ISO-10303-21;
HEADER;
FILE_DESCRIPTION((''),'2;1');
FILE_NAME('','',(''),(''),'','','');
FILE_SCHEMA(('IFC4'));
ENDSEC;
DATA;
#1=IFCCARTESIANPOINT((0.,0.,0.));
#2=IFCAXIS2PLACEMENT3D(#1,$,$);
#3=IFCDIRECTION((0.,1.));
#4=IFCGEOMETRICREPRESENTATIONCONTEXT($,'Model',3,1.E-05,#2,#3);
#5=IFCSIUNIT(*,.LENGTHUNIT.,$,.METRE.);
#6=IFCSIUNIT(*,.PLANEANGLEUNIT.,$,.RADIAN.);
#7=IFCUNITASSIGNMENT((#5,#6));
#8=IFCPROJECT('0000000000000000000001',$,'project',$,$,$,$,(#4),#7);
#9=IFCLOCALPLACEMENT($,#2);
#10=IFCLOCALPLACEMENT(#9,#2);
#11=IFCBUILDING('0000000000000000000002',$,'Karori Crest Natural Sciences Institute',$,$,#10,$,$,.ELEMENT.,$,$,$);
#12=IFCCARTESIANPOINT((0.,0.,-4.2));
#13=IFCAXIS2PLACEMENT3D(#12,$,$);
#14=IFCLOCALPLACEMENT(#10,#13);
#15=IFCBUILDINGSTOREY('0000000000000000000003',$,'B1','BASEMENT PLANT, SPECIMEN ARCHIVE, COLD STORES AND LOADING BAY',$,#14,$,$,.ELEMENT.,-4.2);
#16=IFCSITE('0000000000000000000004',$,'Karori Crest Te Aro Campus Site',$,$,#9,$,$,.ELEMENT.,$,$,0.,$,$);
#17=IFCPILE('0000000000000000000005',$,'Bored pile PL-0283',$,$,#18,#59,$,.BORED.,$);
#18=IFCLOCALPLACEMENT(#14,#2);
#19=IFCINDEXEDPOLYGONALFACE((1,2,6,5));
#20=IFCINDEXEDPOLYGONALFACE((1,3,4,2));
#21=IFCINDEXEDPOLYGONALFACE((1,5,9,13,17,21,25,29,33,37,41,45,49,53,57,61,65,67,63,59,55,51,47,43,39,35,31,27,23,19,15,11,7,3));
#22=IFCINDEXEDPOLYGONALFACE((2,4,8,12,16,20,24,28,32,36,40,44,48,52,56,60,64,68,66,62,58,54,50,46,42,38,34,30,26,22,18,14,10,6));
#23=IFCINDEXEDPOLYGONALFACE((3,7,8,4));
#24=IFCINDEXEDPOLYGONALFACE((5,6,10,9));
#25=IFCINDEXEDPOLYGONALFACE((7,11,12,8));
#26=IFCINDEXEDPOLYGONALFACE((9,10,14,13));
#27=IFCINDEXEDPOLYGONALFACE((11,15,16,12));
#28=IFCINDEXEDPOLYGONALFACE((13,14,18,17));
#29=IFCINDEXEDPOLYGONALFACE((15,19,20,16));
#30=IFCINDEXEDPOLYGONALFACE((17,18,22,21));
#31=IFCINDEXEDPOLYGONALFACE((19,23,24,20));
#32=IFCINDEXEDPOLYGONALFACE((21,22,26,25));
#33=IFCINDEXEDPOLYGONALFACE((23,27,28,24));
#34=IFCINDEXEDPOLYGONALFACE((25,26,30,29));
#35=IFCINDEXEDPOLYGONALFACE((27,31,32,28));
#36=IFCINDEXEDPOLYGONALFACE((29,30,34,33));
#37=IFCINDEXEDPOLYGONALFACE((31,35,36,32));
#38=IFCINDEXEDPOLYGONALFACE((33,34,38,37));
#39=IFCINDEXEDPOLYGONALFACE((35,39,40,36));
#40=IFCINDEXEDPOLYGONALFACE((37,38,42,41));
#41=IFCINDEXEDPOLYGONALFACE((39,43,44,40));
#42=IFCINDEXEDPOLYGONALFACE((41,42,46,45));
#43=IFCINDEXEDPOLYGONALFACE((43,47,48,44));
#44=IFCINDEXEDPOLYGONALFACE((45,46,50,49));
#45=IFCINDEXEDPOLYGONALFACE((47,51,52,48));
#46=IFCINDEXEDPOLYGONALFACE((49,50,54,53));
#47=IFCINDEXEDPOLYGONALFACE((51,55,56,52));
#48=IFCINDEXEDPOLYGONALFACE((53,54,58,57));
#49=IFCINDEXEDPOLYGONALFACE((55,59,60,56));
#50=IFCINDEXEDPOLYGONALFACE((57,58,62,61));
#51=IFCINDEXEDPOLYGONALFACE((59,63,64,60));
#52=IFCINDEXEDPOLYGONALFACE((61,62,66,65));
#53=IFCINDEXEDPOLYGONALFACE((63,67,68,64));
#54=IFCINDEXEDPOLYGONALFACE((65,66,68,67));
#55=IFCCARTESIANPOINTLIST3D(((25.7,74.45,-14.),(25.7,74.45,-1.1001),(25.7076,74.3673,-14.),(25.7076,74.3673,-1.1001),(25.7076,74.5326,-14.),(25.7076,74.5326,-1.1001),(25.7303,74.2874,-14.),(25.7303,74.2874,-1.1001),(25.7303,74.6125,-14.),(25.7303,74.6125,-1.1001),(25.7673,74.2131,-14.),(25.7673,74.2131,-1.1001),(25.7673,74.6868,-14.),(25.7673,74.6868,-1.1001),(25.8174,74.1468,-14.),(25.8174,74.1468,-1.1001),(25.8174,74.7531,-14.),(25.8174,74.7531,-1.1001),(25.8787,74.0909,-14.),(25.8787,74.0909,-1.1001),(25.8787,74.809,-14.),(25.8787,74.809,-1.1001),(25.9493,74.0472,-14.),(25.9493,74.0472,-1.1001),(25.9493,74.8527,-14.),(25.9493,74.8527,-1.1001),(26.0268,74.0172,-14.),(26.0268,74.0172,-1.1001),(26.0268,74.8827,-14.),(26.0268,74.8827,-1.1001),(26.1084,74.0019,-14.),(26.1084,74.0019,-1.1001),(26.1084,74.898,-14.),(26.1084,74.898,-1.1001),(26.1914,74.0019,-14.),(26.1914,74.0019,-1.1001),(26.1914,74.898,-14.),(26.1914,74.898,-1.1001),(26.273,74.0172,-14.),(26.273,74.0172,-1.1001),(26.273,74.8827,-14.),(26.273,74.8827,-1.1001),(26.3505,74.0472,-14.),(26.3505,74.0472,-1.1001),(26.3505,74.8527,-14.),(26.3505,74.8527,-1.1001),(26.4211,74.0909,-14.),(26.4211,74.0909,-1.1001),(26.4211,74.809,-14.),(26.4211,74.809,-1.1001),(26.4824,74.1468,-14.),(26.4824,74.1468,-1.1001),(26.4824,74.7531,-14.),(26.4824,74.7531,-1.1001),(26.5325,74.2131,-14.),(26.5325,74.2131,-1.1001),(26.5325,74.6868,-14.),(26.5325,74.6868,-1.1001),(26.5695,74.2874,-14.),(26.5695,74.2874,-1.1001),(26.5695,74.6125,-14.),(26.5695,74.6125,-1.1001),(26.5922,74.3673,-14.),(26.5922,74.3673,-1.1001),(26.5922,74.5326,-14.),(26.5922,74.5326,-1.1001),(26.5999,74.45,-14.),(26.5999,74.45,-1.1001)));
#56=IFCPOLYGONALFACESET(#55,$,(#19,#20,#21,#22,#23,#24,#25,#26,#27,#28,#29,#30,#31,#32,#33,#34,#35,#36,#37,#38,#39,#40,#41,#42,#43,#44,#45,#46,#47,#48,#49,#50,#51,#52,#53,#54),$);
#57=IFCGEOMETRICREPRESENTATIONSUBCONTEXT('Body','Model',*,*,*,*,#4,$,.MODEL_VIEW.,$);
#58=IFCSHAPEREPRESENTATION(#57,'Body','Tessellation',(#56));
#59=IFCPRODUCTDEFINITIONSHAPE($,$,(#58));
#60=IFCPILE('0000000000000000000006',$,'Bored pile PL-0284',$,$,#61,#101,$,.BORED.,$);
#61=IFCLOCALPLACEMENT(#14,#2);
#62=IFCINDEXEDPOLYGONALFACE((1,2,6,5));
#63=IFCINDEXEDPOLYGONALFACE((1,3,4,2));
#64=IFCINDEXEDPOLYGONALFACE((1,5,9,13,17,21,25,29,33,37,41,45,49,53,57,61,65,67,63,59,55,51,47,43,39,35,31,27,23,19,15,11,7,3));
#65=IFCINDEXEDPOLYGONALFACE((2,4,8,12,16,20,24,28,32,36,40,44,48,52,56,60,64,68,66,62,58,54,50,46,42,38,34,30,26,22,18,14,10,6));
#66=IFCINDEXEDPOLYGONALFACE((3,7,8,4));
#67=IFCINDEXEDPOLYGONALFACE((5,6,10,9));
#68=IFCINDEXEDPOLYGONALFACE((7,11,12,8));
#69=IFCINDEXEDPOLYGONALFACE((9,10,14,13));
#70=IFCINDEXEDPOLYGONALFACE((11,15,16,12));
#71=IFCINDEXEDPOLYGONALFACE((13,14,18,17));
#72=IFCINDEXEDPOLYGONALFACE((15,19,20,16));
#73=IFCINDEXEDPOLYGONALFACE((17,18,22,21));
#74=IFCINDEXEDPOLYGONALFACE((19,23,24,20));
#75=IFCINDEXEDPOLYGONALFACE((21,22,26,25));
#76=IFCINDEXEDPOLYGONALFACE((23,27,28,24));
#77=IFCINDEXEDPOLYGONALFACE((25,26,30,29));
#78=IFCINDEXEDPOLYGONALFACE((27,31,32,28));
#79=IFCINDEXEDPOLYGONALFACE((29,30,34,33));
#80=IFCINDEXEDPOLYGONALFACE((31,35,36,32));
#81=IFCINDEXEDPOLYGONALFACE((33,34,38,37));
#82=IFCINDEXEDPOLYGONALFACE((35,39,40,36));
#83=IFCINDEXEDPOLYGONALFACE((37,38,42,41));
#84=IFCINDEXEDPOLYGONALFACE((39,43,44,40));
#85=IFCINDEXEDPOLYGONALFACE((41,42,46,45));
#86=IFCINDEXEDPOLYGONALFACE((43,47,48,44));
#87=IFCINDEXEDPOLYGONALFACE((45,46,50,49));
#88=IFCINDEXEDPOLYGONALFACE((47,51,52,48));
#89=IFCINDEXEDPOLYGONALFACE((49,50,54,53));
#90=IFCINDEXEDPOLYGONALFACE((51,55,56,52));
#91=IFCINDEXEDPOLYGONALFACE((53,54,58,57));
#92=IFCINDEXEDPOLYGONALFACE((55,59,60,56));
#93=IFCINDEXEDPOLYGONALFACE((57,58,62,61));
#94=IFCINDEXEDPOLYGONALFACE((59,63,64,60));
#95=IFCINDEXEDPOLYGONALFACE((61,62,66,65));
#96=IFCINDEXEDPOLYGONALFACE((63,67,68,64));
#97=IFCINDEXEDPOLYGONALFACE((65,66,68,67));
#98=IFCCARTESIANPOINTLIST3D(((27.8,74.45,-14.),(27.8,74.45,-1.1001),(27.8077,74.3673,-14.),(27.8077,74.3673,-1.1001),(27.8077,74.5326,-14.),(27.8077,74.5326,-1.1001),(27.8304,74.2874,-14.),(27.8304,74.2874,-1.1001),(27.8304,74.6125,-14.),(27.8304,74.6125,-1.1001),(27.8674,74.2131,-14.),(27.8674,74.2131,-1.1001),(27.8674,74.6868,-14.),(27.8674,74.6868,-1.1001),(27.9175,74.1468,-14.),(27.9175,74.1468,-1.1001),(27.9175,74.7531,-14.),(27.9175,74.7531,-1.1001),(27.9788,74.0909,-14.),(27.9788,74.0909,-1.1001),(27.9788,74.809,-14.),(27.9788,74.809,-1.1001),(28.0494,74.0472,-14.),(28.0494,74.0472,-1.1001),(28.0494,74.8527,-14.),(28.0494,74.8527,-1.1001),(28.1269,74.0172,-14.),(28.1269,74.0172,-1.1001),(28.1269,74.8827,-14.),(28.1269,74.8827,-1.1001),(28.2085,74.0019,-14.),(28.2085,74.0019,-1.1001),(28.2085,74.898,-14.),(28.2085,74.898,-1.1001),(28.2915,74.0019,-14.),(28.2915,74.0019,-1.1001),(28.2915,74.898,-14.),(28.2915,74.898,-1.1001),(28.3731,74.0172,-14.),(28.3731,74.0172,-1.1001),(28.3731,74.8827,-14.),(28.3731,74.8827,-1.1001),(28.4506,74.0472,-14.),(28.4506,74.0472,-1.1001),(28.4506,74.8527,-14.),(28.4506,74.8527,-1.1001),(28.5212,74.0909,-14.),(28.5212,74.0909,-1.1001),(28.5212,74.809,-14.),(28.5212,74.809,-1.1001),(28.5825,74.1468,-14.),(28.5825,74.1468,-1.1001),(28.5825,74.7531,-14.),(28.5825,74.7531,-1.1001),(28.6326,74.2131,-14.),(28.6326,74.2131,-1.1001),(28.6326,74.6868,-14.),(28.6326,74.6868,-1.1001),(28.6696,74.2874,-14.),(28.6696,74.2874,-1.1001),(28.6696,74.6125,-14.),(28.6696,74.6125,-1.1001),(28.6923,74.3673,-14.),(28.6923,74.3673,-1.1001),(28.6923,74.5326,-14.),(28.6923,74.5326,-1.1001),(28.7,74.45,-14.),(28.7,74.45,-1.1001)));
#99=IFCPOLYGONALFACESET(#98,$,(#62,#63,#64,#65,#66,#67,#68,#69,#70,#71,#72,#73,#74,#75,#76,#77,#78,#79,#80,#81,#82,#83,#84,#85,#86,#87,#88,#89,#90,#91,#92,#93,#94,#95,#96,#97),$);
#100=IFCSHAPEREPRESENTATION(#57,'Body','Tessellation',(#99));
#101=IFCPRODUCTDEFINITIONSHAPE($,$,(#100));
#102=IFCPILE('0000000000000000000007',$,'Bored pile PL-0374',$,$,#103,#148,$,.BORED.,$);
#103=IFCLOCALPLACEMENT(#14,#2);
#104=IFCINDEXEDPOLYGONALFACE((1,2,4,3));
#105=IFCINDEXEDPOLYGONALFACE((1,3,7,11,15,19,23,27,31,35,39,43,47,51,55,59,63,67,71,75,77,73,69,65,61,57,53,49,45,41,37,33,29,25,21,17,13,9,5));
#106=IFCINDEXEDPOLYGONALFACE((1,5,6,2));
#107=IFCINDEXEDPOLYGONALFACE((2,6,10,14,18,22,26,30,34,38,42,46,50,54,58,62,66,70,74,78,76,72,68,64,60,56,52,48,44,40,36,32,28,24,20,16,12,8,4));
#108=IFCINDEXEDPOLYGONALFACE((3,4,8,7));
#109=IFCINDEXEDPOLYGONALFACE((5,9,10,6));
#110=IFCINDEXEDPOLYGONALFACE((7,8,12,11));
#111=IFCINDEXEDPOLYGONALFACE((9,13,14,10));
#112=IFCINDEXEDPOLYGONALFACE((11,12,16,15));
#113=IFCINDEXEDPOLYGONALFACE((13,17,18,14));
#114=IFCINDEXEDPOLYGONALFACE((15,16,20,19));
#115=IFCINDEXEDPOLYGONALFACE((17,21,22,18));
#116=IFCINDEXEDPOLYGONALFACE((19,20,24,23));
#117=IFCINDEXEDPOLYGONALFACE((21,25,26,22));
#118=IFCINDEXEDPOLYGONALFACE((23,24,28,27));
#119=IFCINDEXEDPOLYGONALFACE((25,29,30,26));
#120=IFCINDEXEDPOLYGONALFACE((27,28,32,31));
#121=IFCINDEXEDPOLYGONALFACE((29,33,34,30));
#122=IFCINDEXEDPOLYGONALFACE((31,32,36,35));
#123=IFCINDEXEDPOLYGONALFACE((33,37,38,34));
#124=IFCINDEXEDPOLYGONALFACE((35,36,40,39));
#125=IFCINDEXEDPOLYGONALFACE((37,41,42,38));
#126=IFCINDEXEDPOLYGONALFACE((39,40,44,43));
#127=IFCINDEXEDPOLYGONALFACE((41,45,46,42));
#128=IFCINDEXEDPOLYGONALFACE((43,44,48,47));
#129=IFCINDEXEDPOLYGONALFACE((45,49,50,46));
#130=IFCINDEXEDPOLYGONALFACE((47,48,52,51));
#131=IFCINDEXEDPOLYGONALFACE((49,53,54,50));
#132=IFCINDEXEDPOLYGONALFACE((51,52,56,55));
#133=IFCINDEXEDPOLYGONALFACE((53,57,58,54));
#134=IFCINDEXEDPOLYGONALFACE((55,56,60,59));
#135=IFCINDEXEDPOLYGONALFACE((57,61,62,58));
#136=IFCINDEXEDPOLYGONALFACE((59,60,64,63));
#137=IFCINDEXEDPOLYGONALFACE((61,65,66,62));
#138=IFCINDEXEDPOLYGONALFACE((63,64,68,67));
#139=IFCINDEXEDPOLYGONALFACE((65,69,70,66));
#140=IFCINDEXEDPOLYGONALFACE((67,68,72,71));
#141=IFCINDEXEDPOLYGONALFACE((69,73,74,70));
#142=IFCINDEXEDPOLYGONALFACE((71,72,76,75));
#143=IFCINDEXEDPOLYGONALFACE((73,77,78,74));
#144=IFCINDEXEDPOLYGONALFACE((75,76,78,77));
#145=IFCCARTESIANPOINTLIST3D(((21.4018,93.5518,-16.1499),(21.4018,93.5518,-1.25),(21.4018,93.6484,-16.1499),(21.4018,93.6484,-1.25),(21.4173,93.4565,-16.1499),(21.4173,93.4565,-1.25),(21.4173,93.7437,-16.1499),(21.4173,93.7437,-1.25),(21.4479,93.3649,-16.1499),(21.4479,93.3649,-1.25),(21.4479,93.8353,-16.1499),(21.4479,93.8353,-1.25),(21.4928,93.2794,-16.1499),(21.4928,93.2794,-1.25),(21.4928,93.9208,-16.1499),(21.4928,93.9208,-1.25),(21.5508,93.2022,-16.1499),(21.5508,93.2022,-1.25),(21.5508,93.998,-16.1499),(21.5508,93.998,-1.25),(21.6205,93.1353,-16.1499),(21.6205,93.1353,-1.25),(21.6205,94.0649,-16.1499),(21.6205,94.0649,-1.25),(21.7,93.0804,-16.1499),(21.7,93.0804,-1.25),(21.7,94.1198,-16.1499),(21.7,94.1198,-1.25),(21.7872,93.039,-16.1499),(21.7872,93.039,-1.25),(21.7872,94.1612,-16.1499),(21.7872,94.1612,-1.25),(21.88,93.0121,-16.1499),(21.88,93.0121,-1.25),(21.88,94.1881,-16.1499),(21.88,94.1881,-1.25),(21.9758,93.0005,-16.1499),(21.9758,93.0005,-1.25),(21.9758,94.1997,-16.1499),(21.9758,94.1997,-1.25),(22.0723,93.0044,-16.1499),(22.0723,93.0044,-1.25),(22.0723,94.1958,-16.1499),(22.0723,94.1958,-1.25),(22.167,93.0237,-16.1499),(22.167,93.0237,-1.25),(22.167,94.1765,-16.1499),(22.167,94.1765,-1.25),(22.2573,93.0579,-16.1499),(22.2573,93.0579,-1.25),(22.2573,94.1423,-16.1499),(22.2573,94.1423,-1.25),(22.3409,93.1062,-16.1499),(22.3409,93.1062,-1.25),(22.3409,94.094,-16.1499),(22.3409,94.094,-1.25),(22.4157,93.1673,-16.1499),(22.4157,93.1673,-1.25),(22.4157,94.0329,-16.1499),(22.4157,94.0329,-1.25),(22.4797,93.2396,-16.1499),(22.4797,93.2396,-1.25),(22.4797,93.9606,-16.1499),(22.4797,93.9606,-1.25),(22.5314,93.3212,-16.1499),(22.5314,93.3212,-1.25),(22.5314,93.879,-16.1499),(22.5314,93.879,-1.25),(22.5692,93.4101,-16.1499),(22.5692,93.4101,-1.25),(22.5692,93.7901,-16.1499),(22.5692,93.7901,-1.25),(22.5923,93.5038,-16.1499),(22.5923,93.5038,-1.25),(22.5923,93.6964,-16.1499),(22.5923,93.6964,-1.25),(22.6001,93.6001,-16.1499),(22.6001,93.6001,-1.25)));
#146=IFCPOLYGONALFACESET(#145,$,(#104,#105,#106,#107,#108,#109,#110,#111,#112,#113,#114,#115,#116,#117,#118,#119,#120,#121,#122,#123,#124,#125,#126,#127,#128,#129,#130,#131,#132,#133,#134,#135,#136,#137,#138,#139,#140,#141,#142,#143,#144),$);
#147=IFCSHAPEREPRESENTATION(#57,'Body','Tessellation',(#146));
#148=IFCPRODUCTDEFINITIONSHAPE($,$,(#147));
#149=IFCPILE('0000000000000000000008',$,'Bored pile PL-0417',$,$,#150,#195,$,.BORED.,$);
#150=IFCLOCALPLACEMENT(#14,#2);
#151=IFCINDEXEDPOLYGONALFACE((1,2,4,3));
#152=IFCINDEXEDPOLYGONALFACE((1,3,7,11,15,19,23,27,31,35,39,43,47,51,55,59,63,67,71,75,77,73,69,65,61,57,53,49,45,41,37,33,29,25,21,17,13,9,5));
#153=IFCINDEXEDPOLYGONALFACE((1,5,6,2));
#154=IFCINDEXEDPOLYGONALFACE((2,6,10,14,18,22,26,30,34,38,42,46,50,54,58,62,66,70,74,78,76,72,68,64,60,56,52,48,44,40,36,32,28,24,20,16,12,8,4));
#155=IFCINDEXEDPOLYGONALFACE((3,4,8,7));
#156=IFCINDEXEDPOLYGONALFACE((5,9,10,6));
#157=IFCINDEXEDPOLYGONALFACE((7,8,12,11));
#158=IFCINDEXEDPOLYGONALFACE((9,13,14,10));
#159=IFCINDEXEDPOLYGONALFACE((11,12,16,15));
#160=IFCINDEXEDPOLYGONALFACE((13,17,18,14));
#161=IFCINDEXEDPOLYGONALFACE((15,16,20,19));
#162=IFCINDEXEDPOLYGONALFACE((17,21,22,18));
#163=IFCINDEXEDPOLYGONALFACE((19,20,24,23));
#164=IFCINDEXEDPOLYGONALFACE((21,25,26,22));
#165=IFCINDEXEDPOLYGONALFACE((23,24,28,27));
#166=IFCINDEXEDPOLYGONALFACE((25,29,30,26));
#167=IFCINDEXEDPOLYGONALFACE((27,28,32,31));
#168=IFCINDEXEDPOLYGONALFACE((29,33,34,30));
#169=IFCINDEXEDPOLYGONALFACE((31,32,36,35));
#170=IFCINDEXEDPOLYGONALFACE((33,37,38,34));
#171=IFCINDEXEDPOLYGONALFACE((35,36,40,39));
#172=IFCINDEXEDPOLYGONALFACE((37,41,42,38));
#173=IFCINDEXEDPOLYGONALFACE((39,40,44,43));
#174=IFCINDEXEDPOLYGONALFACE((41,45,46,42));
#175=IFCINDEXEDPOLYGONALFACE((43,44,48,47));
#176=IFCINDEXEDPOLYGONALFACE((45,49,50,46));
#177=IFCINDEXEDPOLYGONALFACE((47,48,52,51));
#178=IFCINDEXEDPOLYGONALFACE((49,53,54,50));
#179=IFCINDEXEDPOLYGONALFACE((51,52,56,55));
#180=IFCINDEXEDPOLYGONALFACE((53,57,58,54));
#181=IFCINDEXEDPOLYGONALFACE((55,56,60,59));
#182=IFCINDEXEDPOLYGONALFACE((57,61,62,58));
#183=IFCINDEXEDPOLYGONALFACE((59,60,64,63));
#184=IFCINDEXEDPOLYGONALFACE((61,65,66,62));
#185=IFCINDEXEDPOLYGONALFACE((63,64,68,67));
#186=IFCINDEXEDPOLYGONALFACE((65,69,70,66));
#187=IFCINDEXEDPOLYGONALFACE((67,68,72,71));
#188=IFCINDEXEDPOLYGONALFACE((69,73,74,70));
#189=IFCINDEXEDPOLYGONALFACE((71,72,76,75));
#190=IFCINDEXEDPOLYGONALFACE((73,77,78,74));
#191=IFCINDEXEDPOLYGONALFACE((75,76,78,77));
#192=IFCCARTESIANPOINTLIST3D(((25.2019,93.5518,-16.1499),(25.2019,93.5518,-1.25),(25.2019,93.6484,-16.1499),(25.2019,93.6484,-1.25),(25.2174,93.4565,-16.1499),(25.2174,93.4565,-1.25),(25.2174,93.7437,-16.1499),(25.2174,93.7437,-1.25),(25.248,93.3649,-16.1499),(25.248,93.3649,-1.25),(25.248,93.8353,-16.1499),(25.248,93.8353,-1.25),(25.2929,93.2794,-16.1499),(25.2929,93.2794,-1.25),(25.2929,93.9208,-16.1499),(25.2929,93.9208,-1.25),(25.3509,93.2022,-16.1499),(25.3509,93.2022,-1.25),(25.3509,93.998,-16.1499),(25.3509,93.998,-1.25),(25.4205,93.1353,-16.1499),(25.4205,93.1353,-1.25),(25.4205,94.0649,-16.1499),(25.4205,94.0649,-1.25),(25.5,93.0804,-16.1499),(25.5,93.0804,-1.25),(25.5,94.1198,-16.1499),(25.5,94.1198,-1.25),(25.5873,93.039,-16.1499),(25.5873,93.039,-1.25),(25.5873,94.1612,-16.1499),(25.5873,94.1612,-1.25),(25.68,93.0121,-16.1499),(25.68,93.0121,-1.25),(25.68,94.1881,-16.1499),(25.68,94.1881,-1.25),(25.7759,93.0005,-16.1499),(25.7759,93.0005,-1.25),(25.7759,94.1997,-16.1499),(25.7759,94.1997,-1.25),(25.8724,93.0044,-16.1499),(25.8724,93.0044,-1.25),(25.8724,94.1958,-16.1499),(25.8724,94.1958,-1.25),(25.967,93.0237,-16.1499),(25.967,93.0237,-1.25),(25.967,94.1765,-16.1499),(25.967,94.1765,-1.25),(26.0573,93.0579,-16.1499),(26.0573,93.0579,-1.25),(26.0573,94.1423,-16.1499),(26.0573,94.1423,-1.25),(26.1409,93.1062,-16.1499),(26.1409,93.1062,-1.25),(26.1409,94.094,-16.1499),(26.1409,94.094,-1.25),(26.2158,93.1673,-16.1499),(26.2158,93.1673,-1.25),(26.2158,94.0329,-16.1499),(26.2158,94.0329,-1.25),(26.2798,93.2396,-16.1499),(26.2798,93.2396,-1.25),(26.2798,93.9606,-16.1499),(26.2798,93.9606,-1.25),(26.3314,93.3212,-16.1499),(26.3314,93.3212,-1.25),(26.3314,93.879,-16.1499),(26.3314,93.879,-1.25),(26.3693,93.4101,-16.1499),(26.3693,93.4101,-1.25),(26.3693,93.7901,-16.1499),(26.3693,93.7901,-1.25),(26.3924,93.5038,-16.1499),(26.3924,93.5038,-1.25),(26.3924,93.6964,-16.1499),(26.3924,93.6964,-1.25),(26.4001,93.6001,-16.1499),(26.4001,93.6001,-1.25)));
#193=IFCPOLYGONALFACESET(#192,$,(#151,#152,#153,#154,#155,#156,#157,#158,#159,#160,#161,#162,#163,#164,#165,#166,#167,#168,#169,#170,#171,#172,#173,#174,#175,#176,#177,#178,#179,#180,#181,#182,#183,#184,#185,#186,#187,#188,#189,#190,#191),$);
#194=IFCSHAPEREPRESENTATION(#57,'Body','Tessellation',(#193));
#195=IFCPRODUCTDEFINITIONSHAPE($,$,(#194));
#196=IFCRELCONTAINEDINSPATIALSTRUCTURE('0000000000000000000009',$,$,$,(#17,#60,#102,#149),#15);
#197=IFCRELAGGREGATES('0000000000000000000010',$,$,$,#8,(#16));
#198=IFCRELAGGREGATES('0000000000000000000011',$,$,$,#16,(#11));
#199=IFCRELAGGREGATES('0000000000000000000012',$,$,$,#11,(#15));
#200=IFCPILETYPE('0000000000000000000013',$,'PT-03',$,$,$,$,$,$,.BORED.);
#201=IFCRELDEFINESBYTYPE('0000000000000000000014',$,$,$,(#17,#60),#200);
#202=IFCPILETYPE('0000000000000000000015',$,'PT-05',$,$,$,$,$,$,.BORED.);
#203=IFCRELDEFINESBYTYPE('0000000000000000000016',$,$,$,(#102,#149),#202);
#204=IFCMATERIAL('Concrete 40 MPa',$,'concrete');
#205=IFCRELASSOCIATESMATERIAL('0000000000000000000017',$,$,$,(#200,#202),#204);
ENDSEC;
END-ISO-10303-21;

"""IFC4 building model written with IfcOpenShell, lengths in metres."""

from ifc_helpers import new_model, si_unit, direction, frame, origin, origin_2d, place, context, subcontext, project, spatial, circle, extrude, material, material_profile, profile_set, type_object, element, save


model = new_model("IFC4")

# Units and contexts
model_context = context("Model", 3, precision=1e-05, world=origin(), true_north=direction((0.0, 1.0)))
body_context = subcontext(model_context, "Body", "Model", "MODEL_VIEW")
ifc_project = project(units=[si_unit("LENGTHUNIT", "METRE"), si_unit("PLANEANGLEUNIT", "RADIAN")], contexts=[model_context])

# Site, building, storey
site_placement = place(None, origin())
site = spatial("IfcSite", under=ifc_project, at=site_placement, Name="Karori Crest Te Aro Campus Site", CompositionType="ELEMENT", RefElevation=0.0)
building_placement = place(site_placement, origin())
building = spatial("IfcBuilding", under=site, at=building_placement, Name="Karori Crest Natural Sciences Institute", CompositionType="ELEMENT")
storey_placement = place(building_placement, frame((0.0, 0.0, -4.2)))
storey = spatial("IfcBuildingStorey", under=building, at=storey_placement, Name="B1", Description="BASEMENT PLANT, SPECIMEN ARCHIVE, COLD STORES AND LOADING BAY", CompositionType="ELEMENT", Elevation=-4.2)

# Shared definitions
ifc_material_1 = material(Name="Concrete 40 MPa", Category="concrete")

# Piles
ifc_material_profile_1 = material_profile(ifc_material_1, circle(Radius=0.45, at=origin_2d()), Name="PILE900")
ifc_profile_set_1 = profile_set([ifc_material_profile_1], Name="Concrete 40 MPa")
pile_type_1 = type_object("IfcPileType", Name="PT-03", PredefinedType="BORED", material=ifc_profile_set_1)
for number, where, z_axis, x_axis, name in (
    (1, (26.1499, 74.45, -1.1001), (0.0, 0.0, -1.0), (1.0, 0.0, 0.0), "Bored pile PL-0283"),
    (2, (28.25, 74.45, -1.1001), (0.0, 0.0, -1.0), (1.0, 0.0, 0.0), "Bored pile PL-0284"),
):
    element("IfcPile", number, at=place(storey_placement, frame(where, z_axis=z_axis, x_axis=x_axis)), inside=storey, type_object=pile_type_1, Name=name, PredefinedType="BORED", context=body_context, shape_type="SweptSolid", body=[
        extrude(circle(Radius=0.45, at=origin_2d()), origin(), (0.0, 0.0, 1.0), 12.8999),
    ])
ifc_material_profile_2 = material_profile(ifc_material_1, circle(Radius=0.6001, at=origin_2d()), Name="PILE1200")
ifc_profile_set_2 = profile_set([ifc_material_profile_2], Name="Concrete 40 MPa")
pile_type_2 = type_object("IfcPileType", Name="PT-05", PredefinedType="BORED", material=ifc_profile_set_2)
for number, where, z_axis, x_axis, name in (
    (3, (22.0, 93.6001, -1.25), (0.0, 0.0, -1.0), (1.0, 0.0, 0.0), "Bored pile PL-0374"),
    (4, (25.8, 93.6001, -1.25), (0.0, 0.0, -1.0), (1.0, 0.0, 0.0), "Bored pile PL-0417"),
):
    element("IfcPile", number, at=place(storey_placement, frame(where, z_axis=z_axis, x_axis=x_axis)), inside=storey, type_object=pile_type_2, Name=name, PredefinedType="BORED", context=body_context, shape_type="SweptSolid", body=[
        extrude(circle(Radius=0.6001, at=origin_2d()), origin(), (0.0, 0.0, 1.0), 14.8999),
    ])

save(model, "model.ifc")
